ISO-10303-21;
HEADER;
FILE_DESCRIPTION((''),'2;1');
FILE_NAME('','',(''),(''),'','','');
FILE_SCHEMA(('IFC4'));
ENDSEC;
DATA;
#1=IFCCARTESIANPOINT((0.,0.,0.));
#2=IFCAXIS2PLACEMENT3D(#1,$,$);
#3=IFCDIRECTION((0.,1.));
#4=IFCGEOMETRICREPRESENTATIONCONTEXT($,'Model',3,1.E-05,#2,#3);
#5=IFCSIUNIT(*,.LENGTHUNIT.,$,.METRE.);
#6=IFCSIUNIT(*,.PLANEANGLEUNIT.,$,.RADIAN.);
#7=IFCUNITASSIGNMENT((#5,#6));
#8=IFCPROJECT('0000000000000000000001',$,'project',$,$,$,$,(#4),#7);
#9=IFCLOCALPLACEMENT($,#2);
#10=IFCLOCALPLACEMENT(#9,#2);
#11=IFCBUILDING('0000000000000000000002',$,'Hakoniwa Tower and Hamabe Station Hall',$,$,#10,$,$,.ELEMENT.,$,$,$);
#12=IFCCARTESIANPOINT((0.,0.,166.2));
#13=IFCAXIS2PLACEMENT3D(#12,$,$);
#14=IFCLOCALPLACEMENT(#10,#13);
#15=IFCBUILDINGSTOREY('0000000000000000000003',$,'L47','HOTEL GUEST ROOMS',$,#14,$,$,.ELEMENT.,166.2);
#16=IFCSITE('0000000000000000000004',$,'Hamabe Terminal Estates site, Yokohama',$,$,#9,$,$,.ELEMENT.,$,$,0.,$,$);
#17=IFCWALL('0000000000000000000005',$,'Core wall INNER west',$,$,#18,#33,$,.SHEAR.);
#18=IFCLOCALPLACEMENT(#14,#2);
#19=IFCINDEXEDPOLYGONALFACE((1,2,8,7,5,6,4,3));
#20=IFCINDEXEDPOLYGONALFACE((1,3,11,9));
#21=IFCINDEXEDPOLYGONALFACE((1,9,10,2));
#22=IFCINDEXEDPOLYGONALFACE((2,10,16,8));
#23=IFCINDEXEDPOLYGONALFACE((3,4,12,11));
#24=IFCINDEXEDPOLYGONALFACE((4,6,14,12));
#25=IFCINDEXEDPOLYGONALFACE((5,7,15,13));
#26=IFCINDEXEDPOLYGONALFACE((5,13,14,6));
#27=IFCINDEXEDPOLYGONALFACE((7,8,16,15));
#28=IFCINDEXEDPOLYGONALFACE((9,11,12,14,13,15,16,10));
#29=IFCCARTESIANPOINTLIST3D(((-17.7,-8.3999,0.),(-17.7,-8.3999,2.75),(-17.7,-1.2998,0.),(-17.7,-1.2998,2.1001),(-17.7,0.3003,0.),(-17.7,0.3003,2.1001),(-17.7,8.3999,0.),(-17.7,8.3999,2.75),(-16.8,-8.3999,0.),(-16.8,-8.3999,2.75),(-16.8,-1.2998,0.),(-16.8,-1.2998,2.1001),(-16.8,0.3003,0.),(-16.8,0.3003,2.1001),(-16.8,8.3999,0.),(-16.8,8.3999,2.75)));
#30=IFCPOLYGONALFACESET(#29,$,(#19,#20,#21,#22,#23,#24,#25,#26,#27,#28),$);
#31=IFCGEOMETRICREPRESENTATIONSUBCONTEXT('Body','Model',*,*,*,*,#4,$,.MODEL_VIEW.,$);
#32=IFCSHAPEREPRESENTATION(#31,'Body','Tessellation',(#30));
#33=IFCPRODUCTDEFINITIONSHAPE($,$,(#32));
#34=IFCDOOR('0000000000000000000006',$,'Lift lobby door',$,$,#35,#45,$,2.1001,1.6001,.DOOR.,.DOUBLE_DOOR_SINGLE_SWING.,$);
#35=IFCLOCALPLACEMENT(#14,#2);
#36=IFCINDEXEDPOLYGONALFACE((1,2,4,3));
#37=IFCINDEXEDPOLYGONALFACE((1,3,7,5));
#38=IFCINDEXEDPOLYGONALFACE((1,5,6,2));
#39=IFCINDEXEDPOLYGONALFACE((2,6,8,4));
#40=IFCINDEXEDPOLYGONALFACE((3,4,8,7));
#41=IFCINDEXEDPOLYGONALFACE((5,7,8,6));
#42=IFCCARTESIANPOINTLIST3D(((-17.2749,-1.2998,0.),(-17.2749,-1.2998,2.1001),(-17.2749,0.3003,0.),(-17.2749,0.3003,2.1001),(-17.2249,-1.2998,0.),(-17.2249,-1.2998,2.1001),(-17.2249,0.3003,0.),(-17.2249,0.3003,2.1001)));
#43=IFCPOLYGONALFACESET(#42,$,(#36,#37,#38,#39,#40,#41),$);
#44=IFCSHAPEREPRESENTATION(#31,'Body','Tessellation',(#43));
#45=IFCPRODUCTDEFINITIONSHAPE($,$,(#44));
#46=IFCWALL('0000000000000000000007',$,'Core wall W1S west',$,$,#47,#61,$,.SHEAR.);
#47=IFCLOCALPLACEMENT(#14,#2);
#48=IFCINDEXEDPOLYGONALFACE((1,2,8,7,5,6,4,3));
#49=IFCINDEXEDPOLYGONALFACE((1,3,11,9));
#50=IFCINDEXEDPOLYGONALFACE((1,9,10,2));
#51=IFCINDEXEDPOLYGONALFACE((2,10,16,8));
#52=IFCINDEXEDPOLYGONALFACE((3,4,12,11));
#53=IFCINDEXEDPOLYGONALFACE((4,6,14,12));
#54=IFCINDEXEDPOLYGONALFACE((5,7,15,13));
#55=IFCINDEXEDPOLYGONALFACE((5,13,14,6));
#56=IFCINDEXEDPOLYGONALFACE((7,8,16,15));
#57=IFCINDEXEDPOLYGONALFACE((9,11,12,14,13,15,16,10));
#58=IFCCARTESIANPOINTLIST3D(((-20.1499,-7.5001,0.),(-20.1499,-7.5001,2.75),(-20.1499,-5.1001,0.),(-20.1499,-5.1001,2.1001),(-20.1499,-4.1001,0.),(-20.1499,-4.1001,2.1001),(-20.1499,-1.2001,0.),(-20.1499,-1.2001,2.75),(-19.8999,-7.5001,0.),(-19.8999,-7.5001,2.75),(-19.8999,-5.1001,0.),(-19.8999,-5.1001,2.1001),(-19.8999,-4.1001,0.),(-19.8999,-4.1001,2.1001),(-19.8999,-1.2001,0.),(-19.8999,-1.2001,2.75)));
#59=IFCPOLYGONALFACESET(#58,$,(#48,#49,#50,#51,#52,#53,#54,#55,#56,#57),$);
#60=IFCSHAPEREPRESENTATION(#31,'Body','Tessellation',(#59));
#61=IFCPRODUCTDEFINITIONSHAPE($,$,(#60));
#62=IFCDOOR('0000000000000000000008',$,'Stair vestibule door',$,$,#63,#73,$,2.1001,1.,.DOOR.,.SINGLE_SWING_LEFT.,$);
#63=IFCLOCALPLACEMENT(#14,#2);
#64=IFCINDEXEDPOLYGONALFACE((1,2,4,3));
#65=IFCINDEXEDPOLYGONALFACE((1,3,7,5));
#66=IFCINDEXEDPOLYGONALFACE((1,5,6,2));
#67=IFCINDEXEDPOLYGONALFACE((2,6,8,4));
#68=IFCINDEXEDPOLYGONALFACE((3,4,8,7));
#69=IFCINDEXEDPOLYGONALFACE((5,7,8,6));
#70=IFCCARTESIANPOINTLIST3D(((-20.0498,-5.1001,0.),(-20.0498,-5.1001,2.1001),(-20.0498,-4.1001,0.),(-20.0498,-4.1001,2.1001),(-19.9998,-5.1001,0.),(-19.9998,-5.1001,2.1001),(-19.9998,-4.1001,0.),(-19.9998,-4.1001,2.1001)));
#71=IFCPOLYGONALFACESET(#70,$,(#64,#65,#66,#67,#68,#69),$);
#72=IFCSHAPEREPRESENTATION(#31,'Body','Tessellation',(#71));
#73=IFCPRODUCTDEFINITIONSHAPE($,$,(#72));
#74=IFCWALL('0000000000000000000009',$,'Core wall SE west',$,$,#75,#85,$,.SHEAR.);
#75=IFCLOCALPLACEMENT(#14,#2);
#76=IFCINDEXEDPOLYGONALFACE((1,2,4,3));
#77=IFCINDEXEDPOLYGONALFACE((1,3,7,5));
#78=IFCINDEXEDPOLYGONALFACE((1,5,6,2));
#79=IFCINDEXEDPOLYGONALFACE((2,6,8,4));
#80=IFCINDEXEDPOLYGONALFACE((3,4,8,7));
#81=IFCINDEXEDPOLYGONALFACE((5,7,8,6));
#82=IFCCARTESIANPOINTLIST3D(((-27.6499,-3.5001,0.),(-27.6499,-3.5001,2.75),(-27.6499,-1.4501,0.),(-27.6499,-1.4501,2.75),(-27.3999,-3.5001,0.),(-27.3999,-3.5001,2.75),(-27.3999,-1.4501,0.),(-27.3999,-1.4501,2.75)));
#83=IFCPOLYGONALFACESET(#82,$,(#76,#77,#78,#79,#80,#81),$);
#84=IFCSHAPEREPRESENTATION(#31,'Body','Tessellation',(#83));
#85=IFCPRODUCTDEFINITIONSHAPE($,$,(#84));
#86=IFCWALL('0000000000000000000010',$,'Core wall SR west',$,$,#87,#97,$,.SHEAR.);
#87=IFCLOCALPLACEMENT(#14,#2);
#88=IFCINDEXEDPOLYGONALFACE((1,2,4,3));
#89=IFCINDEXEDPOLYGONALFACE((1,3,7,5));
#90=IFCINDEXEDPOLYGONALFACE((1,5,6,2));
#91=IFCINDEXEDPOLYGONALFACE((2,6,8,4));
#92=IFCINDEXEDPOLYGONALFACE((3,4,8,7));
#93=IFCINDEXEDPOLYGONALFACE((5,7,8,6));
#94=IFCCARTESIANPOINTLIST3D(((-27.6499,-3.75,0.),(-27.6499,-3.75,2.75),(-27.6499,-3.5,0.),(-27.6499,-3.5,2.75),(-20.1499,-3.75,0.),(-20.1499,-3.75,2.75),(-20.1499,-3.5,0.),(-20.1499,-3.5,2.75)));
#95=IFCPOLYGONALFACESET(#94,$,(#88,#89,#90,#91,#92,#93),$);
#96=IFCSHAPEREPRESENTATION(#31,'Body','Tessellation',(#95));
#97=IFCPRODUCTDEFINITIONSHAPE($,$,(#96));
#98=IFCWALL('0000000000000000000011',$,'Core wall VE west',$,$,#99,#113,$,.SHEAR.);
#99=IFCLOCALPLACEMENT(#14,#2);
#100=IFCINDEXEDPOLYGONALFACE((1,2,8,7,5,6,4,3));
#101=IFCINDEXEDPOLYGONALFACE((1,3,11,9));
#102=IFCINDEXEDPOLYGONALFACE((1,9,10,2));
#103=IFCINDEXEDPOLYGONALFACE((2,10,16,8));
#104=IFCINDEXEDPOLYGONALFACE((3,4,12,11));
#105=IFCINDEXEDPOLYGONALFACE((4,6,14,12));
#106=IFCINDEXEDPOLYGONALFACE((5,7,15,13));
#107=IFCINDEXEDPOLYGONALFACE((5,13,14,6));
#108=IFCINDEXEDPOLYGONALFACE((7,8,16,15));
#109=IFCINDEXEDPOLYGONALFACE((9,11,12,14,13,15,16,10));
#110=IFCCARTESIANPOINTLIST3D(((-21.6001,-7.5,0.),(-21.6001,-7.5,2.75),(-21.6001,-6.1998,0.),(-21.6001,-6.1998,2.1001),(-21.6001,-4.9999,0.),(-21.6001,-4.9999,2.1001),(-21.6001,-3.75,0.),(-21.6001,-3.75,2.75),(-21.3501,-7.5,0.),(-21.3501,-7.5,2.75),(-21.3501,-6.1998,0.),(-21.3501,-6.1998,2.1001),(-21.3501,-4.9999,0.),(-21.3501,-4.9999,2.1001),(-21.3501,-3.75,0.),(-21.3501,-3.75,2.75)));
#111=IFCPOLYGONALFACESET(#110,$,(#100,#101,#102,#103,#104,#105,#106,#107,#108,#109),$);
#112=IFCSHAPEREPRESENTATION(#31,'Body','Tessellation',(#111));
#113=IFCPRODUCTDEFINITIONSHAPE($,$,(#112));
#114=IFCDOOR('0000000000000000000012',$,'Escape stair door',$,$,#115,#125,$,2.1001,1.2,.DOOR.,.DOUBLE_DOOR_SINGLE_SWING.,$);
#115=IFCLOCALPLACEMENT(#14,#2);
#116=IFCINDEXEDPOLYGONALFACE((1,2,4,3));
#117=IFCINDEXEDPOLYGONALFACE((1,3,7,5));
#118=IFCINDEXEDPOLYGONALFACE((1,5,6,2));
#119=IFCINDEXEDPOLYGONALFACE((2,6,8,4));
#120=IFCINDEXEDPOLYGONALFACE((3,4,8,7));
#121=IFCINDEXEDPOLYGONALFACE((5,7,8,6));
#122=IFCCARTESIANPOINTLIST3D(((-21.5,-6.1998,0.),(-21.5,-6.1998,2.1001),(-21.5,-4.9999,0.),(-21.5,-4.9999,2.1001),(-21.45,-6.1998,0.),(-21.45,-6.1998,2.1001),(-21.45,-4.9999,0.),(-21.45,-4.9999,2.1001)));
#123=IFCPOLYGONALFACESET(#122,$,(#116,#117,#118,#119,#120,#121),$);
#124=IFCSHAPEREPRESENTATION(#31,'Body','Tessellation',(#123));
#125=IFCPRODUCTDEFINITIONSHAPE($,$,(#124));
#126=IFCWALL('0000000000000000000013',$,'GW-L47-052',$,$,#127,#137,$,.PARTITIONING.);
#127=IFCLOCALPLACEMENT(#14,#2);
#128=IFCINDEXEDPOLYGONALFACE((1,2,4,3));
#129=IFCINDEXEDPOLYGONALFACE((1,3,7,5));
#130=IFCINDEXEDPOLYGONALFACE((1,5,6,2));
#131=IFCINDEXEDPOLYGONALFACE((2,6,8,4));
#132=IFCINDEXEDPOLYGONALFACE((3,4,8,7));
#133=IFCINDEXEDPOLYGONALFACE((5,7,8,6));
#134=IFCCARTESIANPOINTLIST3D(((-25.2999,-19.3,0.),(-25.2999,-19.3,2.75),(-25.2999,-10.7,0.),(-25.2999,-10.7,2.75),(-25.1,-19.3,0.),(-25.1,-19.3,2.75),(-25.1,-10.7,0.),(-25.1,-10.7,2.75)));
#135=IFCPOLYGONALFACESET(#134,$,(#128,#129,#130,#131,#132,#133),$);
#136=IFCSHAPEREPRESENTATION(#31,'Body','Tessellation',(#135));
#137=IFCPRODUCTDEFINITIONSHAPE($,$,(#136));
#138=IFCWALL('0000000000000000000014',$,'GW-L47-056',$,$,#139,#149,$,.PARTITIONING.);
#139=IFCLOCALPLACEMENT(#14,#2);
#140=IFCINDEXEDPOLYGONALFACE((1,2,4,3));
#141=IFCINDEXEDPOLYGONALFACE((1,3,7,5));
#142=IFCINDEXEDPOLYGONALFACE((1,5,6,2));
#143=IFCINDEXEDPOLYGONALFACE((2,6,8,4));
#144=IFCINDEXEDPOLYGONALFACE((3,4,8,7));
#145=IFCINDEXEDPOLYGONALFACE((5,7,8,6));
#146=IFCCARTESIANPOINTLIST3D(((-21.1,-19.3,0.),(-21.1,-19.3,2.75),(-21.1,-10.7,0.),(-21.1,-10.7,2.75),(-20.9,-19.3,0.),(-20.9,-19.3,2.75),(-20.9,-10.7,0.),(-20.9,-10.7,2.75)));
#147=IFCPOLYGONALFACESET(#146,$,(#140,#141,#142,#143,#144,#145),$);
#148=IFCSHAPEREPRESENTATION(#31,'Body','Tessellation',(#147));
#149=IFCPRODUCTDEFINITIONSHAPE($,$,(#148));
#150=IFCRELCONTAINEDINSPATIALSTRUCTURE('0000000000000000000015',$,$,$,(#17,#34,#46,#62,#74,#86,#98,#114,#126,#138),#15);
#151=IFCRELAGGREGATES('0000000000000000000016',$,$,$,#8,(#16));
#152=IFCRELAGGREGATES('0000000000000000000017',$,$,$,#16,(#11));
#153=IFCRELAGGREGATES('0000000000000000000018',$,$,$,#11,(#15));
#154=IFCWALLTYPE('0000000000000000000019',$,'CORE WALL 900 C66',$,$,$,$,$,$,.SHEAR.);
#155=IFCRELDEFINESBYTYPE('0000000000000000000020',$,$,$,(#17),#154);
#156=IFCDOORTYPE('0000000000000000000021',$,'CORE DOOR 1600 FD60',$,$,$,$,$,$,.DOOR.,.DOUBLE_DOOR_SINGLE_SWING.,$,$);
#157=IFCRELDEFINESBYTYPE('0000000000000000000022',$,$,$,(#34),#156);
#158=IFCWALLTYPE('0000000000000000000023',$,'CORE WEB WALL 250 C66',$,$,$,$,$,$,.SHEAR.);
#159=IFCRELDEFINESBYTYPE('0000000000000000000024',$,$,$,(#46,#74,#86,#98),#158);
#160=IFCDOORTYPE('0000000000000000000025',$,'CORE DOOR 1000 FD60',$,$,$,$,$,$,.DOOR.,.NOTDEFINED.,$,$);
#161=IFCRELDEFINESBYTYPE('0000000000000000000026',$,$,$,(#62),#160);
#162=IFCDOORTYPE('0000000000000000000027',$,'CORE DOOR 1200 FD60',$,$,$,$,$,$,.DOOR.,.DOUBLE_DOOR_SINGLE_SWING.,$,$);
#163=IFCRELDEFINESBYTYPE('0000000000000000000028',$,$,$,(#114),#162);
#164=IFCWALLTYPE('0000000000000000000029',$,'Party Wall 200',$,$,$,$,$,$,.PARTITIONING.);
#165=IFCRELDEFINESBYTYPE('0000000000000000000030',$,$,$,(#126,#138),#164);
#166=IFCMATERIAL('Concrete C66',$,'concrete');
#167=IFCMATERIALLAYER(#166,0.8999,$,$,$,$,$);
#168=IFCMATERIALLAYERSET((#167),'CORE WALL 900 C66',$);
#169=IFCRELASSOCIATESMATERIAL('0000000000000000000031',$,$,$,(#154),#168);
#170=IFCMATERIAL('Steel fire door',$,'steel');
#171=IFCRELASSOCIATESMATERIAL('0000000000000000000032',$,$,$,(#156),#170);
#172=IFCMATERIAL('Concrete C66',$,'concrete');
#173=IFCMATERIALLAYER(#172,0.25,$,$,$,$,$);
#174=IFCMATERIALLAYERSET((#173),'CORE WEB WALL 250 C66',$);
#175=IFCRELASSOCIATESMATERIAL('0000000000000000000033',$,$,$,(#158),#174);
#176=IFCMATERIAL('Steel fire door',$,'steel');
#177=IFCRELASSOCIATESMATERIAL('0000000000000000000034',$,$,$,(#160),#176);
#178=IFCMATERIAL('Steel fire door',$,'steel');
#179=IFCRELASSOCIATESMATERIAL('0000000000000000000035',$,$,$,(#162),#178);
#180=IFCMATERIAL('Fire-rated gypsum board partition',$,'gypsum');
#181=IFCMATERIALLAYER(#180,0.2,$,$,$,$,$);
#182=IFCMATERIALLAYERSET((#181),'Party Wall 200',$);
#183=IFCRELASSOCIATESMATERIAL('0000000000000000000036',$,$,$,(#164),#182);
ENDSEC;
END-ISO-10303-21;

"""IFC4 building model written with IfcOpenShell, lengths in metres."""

from ifc_helpers import new_model, si_unit, direction, frame, frame_2d, origin, place, context, subcontext, project, spatial, rectangle, extrude, material, layer, layer_set, type_object, element, fill, save


model = new_model("IFC4")

# Units and contexts
model_context = context("Model", 3, precision=1e-05, world=origin(), true_north=direction((0.0, 1.0)))
body_context = subcontext(model_context, "Body", "Model", "MODEL_VIEW")
ifc_project = project(units=[si_unit("LENGTHUNIT", "METRE"), si_unit("PLANEANGLEUNIT", "RADIAN")], contexts=[model_context])

# Site, building, storey
site_placement = place(None, origin())
site = spatial("IfcSite", under=ifc_project, at=site_placement, Name="Hamabe Terminal Estates site, Yokohama", CompositionType="ELEMENT", RefElevation=0.0)
building_placement = place(site_placement, origin())
building = spatial("IfcBuilding", under=site, at=building_placement, Name="Hakoniwa Tower and Hamabe Station Hall", CompositionType="ELEMENT")
storey_placement = place(building_placement, frame((0.0, 0.0, 166.2)))
storey = spatial("IfcBuildingStorey", under=building, at=storey_placement, Name="L47", Description="HOTEL GUEST ROOMS", CompositionType="ELEMENT", Elevation=166.2)

# Walls, openings, doors
ifc_material_1 = material(Name="Concrete C66", Category="concrete")
ifc_layer_1 = layer(ifc_material_1, 0.8999)
ifc_layer_set_1 = layer_set([ifc_layer_1], Name="CORE WALL 900 C66")
wall_type_1 = type_object("IfcWallType", Name="CORE WALL 900 C66", PredefinedType="SHEAR", material=ifc_layer_set_1)
wall_1_placement = place(storey_placement, frame((-17.25, -8.3999, 0.0), z_axis=(0.0, 0.0, 1.0), x_axis=(0.0, 1.0, 0.0)))
wall_1 = element("IfcWall", 1, at=wall_1_placement, inside=storey, type_object=wall_type_1, Name="Core wall INNER west", PredefinedType="SHEAR", context=body_context, shape_type="SweptSolid", body=[
    extrude(rectangle(XDim=16.7998, YDim=0.8999, at=frame_2d((8.3999, 0.0))), origin(), (0.0, 0.0, 1.0), 2.75),
])
opening_1_placement = place(wall_1_placement, frame((7.1001, 0.0, 0.0)))
opening_1 = element("IfcOpeningElement", 2, at=opening_1_placement, cuts=wall_1, PredefinedType="OPENING", context=body_context, shape_type="SweptSolid", body=[
    extrude(rectangle(XDim=1.6001, YDim=2.1001, at=frame_2d((0.8, 1.05))), frame((0.0, 0.46, 0.0), z_axis=(0.0, -1.0, 0.0), x_axis=(1.0, 0.0, 0.0)), (0.0, 0.0, 1.0), 0.9199),
])
ifc_material_2 = material(Name="Steel fire door", Category="steel")
door_type_1 = type_object("IfcDoorType", Name="CORE DOOR 1600 FD60", OperationType="DOUBLE_DOOR_SINGLE_SWING", PredefinedType="DOOR", material=ifc_material_2)
door_1_placement = place(opening_1_placement, origin())
door_1 = element("IfcDoor", 3, at=door_1_placement, inside=storey, type_object=door_type_1, Name="Lift lobby door", OperationType="DOUBLE_DOOR_SINGLE_SWING", OverallHeight=2.1001, OverallWidth=1.6001, PredefinedType="DOOR", context=body_context, shape_type="SweptSolid", body=[
    extrude(rectangle(XDim=1.6001, YDim=2.1001, at=frame_2d((0.8, 1.05))), frame((0.0, 0.0249, 0.0), z_axis=(0.0, -1.0, 0.0), x_axis=(1.0, 0.0, 0.0)), (0.0, 0.0, 1.0), 0.05),
])
fill(opening_1, door_1)
ifc_material_3 = material(Name="Concrete C66", Category="concrete")
ifc_layer_2 = layer(ifc_material_3, 0.25)
ifc_layer_set_2 = layer_set([ifc_layer_2], Name="CORE WEB WALL 250 C66")
wall_type_2 = type_object("IfcWallType", Name="CORE WEB WALL 250 C66", PredefinedType="SHEAR", material=ifc_layer_set_2)
wall_2_placement = place(storey_placement, frame((-20.0249, -7.5, 0.0), z_axis=(0.0, 0.0, 1.0), x_axis=(0.0, 1.0, 0.0)))
wall_2 = element("IfcWall", 4, at=wall_2_placement, inside=storey, type_object=wall_type_2, Name="Core wall W1S west", PredefinedType="SHEAR", context=body_context, shape_type="SweptSolid", body=[
    extrude(rectangle(XDim=6.3, YDim=0.25, at=frame_2d((3.1499, 0.0))), origin(), (0.0, 0.0, 1.0), 2.75),
])
opening_2_placement = place(wall_2_placement, frame((2.3999, 0.0, 0.0)))
opening_2 = element("IfcOpeningElement", 5, at=opening_2_placement, cuts=wall_2, PredefinedType="OPENING", context=body_context, shape_type="SweptSolid", body=[
    extrude(rectangle(XDim=1.0, YDim=2.1001, at=frame_2d((0.5, 1.05))), frame((0.0, 0.135, 0.0), z_axis=(0.0, -1.0, 0.0), x_axis=(1.0, 0.0, 0.0)), (0.0, 0.0, 1.0), 0.27),
])
ifc_material_4 = material(Name="Steel fire door", Category="steel")
door_type_2 = type_object("IfcDoorType", Name="CORE DOOR 1000 FD60", OperationType="NOTDEFINED", PredefinedType="DOOR", material=ifc_material_4)
door_2_placement = place(opening_2_placement, origin())
door_2 = element("IfcDoor", 6, at=door_2_placement, inside=storey, type_object=door_type_2, Name="Stair vestibule door", OperationType="SINGLE_SWING_LEFT", OverallHeight=2.1001, OverallWidth=1.0, PredefinedType="DOOR", context=body_context, shape_type="SweptSolid", body=[
    extrude(rectangle(XDim=1.0, YDim=2.1001, at=frame_2d((0.5, 1.05))), frame((0.0, 0.0249, 0.0), z_axis=(0.0, -1.0, 0.0), x_axis=(1.0, 0.0, 0.0)), (0.0, 0.0, 1.0), 0.05),
])
fill(opening_2, door_2)

# Walls
wall_3_placement = place(storey_placement, frame((-27.5249, -3.5, 0.0), z_axis=(0.0, 0.0, 1.0), x_axis=(0.0, 1.0, 0.0)))
element("IfcWall", 7, at=wall_3_placement, inside=storey, type_object=wall_type_2, Name="Core wall SE west", PredefinedType="SHEAR", context=body_context, shape_type="SweptSolid", body=[
    extrude(rectangle(XDim=2.05, YDim=0.25, at=frame_2d((1.0249, 0.0))), origin(), (0.0, 0.0, 1.0), 2.75),
])
wall_4_placement = place(storey_placement, frame((-27.6499, -3.625, 0.0), z_axis=(0.0, 0.0, 1.0), x_axis=(1.0, 0.0, 0.0)))
element("IfcWall", 8, at=wall_4_placement, inside=storey, type_object=wall_type_2, Name="Core wall SR west", PredefinedType="SHEAR", context=body_context, shape_type="SweptSolid", body=[
    extrude(rectangle(XDim=7.5, YDim=0.25, at=frame_2d((3.75, 0.0))), origin(), (0.0, 0.0, 1.0), 2.75),
])

# Wall, opening, door
wall_5_placement = place(storey_placement, frame((-21.4751, -7.5, 0.0), z_axis=(0.0, 0.0, 1.0), x_axis=(0.0, 1.0, 0.0)))
wall_5 = element("IfcWall", 9, at=wall_5_placement, inside=storey, type_object=wall_type_2, Name="Core wall VE west", PredefinedType="SHEAR", context=body_context, shape_type="SweptSolid", body=[
    extrude(rectangle(XDim=3.75, YDim=0.25, at=frame_2d((1.875, 0.0))), origin(), (0.0, 0.0, 1.0), 2.75),
])
opening_3_placement = place(wall_5_placement, frame((1.3, 0.0, 0.0)))
opening_3 = element("IfcOpeningElement", 10, at=opening_3_placement, cuts=wall_5, PredefinedType="OPENING", context=body_context, shape_type="SweptSolid", body=[
    extrude(rectangle(XDim=1.2, YDim=2.1001, at=frame_2d((0.6001, 1.05))), frame((0.0, 0.135, 0.0), z_axis=(0.0, -1.0, 0.0), x_axis=(1.0, 0.0, 0.0)), (0.0, 0.0, 1.0), 0.27),
])
ifc_material_5 = material(Name="Steel fire door", Category="steel")
door_type_3 = type_object("IfcDoorType", Name="CORE DOOR 1200 FD60", OperationType="DOUBLE_DOOR_SINGLE_SWING", PredefinedType="DOOR", material=ifc_material_5)
door_3_placement = place(opening_3_placement, origin())
door_3 = element("IfcDoor", 11, at=door_3_placement, inside=storey, type_object=door_type_3, Name="Escape stair door", OperationType="DOUBLE_DOOR_SINGLE_SWING", OverallHeight=2.1001, OverallWidth=1.2, PredefinedType="DOOR", context=body_context, shape_type="SweptSolid", body=[
    extrude(rectangle(XDim=1.2, YDim=2.1001, at=frame_2d((0.6001, 1.05))), frame((0.0, 0.0249, 0.0), z_axis=(0.0, -1.0, 0.0), x_axis=(1.0, 0.0, 0.0)), (0.0, 0.0, 1.0), 0.05),
])
fill(opening_3, door_3)

# Walls
ifc_material_6 = material(Name="Fire-rated gypsum board partition", Category="gypsum")
ifc_layer_3 = layer(ifc_material_6, 0.2)
ifc_layer_set_3 = layer_set([ifc_layer_3], Name="Party Wall 200")
wall_type_3 = type_object("IfcWallType", Name="Party Wall 200", PredefinedType="PARTITIONING", material=ifc_layer_set_3)
for number, where, z_axis, x_axis, name in (
    (12, (-25.2, -19.3, 0.0), (0.0, 0.0, 1.0), (0.0, 1.0, 0.0), "GW-L47-052"),
    (13, (-21.0, -19.3, 0.0), (0.0, 0.0, 1.0), (0.0, 1.0, 0.0), "GW-L47-056"),
):
    element("IfcWall", number, at=place(storey_placement, frame(where, z_axis=z_axis, x_axis=x_axis)), inside=storey, type_object=wall_type_3, Name=name, PredefinedType="PARTITIONING", context=body_context, shape_type="SweptSolid", body=[
        extrude(rectangle(XDim=8.6001, YDim=0.2, at=frame_2d((4.3, 0.0))), origin(), (0.0, 0.0, 1.0), 2.75),
    ])

save(model, "model.ifc")
